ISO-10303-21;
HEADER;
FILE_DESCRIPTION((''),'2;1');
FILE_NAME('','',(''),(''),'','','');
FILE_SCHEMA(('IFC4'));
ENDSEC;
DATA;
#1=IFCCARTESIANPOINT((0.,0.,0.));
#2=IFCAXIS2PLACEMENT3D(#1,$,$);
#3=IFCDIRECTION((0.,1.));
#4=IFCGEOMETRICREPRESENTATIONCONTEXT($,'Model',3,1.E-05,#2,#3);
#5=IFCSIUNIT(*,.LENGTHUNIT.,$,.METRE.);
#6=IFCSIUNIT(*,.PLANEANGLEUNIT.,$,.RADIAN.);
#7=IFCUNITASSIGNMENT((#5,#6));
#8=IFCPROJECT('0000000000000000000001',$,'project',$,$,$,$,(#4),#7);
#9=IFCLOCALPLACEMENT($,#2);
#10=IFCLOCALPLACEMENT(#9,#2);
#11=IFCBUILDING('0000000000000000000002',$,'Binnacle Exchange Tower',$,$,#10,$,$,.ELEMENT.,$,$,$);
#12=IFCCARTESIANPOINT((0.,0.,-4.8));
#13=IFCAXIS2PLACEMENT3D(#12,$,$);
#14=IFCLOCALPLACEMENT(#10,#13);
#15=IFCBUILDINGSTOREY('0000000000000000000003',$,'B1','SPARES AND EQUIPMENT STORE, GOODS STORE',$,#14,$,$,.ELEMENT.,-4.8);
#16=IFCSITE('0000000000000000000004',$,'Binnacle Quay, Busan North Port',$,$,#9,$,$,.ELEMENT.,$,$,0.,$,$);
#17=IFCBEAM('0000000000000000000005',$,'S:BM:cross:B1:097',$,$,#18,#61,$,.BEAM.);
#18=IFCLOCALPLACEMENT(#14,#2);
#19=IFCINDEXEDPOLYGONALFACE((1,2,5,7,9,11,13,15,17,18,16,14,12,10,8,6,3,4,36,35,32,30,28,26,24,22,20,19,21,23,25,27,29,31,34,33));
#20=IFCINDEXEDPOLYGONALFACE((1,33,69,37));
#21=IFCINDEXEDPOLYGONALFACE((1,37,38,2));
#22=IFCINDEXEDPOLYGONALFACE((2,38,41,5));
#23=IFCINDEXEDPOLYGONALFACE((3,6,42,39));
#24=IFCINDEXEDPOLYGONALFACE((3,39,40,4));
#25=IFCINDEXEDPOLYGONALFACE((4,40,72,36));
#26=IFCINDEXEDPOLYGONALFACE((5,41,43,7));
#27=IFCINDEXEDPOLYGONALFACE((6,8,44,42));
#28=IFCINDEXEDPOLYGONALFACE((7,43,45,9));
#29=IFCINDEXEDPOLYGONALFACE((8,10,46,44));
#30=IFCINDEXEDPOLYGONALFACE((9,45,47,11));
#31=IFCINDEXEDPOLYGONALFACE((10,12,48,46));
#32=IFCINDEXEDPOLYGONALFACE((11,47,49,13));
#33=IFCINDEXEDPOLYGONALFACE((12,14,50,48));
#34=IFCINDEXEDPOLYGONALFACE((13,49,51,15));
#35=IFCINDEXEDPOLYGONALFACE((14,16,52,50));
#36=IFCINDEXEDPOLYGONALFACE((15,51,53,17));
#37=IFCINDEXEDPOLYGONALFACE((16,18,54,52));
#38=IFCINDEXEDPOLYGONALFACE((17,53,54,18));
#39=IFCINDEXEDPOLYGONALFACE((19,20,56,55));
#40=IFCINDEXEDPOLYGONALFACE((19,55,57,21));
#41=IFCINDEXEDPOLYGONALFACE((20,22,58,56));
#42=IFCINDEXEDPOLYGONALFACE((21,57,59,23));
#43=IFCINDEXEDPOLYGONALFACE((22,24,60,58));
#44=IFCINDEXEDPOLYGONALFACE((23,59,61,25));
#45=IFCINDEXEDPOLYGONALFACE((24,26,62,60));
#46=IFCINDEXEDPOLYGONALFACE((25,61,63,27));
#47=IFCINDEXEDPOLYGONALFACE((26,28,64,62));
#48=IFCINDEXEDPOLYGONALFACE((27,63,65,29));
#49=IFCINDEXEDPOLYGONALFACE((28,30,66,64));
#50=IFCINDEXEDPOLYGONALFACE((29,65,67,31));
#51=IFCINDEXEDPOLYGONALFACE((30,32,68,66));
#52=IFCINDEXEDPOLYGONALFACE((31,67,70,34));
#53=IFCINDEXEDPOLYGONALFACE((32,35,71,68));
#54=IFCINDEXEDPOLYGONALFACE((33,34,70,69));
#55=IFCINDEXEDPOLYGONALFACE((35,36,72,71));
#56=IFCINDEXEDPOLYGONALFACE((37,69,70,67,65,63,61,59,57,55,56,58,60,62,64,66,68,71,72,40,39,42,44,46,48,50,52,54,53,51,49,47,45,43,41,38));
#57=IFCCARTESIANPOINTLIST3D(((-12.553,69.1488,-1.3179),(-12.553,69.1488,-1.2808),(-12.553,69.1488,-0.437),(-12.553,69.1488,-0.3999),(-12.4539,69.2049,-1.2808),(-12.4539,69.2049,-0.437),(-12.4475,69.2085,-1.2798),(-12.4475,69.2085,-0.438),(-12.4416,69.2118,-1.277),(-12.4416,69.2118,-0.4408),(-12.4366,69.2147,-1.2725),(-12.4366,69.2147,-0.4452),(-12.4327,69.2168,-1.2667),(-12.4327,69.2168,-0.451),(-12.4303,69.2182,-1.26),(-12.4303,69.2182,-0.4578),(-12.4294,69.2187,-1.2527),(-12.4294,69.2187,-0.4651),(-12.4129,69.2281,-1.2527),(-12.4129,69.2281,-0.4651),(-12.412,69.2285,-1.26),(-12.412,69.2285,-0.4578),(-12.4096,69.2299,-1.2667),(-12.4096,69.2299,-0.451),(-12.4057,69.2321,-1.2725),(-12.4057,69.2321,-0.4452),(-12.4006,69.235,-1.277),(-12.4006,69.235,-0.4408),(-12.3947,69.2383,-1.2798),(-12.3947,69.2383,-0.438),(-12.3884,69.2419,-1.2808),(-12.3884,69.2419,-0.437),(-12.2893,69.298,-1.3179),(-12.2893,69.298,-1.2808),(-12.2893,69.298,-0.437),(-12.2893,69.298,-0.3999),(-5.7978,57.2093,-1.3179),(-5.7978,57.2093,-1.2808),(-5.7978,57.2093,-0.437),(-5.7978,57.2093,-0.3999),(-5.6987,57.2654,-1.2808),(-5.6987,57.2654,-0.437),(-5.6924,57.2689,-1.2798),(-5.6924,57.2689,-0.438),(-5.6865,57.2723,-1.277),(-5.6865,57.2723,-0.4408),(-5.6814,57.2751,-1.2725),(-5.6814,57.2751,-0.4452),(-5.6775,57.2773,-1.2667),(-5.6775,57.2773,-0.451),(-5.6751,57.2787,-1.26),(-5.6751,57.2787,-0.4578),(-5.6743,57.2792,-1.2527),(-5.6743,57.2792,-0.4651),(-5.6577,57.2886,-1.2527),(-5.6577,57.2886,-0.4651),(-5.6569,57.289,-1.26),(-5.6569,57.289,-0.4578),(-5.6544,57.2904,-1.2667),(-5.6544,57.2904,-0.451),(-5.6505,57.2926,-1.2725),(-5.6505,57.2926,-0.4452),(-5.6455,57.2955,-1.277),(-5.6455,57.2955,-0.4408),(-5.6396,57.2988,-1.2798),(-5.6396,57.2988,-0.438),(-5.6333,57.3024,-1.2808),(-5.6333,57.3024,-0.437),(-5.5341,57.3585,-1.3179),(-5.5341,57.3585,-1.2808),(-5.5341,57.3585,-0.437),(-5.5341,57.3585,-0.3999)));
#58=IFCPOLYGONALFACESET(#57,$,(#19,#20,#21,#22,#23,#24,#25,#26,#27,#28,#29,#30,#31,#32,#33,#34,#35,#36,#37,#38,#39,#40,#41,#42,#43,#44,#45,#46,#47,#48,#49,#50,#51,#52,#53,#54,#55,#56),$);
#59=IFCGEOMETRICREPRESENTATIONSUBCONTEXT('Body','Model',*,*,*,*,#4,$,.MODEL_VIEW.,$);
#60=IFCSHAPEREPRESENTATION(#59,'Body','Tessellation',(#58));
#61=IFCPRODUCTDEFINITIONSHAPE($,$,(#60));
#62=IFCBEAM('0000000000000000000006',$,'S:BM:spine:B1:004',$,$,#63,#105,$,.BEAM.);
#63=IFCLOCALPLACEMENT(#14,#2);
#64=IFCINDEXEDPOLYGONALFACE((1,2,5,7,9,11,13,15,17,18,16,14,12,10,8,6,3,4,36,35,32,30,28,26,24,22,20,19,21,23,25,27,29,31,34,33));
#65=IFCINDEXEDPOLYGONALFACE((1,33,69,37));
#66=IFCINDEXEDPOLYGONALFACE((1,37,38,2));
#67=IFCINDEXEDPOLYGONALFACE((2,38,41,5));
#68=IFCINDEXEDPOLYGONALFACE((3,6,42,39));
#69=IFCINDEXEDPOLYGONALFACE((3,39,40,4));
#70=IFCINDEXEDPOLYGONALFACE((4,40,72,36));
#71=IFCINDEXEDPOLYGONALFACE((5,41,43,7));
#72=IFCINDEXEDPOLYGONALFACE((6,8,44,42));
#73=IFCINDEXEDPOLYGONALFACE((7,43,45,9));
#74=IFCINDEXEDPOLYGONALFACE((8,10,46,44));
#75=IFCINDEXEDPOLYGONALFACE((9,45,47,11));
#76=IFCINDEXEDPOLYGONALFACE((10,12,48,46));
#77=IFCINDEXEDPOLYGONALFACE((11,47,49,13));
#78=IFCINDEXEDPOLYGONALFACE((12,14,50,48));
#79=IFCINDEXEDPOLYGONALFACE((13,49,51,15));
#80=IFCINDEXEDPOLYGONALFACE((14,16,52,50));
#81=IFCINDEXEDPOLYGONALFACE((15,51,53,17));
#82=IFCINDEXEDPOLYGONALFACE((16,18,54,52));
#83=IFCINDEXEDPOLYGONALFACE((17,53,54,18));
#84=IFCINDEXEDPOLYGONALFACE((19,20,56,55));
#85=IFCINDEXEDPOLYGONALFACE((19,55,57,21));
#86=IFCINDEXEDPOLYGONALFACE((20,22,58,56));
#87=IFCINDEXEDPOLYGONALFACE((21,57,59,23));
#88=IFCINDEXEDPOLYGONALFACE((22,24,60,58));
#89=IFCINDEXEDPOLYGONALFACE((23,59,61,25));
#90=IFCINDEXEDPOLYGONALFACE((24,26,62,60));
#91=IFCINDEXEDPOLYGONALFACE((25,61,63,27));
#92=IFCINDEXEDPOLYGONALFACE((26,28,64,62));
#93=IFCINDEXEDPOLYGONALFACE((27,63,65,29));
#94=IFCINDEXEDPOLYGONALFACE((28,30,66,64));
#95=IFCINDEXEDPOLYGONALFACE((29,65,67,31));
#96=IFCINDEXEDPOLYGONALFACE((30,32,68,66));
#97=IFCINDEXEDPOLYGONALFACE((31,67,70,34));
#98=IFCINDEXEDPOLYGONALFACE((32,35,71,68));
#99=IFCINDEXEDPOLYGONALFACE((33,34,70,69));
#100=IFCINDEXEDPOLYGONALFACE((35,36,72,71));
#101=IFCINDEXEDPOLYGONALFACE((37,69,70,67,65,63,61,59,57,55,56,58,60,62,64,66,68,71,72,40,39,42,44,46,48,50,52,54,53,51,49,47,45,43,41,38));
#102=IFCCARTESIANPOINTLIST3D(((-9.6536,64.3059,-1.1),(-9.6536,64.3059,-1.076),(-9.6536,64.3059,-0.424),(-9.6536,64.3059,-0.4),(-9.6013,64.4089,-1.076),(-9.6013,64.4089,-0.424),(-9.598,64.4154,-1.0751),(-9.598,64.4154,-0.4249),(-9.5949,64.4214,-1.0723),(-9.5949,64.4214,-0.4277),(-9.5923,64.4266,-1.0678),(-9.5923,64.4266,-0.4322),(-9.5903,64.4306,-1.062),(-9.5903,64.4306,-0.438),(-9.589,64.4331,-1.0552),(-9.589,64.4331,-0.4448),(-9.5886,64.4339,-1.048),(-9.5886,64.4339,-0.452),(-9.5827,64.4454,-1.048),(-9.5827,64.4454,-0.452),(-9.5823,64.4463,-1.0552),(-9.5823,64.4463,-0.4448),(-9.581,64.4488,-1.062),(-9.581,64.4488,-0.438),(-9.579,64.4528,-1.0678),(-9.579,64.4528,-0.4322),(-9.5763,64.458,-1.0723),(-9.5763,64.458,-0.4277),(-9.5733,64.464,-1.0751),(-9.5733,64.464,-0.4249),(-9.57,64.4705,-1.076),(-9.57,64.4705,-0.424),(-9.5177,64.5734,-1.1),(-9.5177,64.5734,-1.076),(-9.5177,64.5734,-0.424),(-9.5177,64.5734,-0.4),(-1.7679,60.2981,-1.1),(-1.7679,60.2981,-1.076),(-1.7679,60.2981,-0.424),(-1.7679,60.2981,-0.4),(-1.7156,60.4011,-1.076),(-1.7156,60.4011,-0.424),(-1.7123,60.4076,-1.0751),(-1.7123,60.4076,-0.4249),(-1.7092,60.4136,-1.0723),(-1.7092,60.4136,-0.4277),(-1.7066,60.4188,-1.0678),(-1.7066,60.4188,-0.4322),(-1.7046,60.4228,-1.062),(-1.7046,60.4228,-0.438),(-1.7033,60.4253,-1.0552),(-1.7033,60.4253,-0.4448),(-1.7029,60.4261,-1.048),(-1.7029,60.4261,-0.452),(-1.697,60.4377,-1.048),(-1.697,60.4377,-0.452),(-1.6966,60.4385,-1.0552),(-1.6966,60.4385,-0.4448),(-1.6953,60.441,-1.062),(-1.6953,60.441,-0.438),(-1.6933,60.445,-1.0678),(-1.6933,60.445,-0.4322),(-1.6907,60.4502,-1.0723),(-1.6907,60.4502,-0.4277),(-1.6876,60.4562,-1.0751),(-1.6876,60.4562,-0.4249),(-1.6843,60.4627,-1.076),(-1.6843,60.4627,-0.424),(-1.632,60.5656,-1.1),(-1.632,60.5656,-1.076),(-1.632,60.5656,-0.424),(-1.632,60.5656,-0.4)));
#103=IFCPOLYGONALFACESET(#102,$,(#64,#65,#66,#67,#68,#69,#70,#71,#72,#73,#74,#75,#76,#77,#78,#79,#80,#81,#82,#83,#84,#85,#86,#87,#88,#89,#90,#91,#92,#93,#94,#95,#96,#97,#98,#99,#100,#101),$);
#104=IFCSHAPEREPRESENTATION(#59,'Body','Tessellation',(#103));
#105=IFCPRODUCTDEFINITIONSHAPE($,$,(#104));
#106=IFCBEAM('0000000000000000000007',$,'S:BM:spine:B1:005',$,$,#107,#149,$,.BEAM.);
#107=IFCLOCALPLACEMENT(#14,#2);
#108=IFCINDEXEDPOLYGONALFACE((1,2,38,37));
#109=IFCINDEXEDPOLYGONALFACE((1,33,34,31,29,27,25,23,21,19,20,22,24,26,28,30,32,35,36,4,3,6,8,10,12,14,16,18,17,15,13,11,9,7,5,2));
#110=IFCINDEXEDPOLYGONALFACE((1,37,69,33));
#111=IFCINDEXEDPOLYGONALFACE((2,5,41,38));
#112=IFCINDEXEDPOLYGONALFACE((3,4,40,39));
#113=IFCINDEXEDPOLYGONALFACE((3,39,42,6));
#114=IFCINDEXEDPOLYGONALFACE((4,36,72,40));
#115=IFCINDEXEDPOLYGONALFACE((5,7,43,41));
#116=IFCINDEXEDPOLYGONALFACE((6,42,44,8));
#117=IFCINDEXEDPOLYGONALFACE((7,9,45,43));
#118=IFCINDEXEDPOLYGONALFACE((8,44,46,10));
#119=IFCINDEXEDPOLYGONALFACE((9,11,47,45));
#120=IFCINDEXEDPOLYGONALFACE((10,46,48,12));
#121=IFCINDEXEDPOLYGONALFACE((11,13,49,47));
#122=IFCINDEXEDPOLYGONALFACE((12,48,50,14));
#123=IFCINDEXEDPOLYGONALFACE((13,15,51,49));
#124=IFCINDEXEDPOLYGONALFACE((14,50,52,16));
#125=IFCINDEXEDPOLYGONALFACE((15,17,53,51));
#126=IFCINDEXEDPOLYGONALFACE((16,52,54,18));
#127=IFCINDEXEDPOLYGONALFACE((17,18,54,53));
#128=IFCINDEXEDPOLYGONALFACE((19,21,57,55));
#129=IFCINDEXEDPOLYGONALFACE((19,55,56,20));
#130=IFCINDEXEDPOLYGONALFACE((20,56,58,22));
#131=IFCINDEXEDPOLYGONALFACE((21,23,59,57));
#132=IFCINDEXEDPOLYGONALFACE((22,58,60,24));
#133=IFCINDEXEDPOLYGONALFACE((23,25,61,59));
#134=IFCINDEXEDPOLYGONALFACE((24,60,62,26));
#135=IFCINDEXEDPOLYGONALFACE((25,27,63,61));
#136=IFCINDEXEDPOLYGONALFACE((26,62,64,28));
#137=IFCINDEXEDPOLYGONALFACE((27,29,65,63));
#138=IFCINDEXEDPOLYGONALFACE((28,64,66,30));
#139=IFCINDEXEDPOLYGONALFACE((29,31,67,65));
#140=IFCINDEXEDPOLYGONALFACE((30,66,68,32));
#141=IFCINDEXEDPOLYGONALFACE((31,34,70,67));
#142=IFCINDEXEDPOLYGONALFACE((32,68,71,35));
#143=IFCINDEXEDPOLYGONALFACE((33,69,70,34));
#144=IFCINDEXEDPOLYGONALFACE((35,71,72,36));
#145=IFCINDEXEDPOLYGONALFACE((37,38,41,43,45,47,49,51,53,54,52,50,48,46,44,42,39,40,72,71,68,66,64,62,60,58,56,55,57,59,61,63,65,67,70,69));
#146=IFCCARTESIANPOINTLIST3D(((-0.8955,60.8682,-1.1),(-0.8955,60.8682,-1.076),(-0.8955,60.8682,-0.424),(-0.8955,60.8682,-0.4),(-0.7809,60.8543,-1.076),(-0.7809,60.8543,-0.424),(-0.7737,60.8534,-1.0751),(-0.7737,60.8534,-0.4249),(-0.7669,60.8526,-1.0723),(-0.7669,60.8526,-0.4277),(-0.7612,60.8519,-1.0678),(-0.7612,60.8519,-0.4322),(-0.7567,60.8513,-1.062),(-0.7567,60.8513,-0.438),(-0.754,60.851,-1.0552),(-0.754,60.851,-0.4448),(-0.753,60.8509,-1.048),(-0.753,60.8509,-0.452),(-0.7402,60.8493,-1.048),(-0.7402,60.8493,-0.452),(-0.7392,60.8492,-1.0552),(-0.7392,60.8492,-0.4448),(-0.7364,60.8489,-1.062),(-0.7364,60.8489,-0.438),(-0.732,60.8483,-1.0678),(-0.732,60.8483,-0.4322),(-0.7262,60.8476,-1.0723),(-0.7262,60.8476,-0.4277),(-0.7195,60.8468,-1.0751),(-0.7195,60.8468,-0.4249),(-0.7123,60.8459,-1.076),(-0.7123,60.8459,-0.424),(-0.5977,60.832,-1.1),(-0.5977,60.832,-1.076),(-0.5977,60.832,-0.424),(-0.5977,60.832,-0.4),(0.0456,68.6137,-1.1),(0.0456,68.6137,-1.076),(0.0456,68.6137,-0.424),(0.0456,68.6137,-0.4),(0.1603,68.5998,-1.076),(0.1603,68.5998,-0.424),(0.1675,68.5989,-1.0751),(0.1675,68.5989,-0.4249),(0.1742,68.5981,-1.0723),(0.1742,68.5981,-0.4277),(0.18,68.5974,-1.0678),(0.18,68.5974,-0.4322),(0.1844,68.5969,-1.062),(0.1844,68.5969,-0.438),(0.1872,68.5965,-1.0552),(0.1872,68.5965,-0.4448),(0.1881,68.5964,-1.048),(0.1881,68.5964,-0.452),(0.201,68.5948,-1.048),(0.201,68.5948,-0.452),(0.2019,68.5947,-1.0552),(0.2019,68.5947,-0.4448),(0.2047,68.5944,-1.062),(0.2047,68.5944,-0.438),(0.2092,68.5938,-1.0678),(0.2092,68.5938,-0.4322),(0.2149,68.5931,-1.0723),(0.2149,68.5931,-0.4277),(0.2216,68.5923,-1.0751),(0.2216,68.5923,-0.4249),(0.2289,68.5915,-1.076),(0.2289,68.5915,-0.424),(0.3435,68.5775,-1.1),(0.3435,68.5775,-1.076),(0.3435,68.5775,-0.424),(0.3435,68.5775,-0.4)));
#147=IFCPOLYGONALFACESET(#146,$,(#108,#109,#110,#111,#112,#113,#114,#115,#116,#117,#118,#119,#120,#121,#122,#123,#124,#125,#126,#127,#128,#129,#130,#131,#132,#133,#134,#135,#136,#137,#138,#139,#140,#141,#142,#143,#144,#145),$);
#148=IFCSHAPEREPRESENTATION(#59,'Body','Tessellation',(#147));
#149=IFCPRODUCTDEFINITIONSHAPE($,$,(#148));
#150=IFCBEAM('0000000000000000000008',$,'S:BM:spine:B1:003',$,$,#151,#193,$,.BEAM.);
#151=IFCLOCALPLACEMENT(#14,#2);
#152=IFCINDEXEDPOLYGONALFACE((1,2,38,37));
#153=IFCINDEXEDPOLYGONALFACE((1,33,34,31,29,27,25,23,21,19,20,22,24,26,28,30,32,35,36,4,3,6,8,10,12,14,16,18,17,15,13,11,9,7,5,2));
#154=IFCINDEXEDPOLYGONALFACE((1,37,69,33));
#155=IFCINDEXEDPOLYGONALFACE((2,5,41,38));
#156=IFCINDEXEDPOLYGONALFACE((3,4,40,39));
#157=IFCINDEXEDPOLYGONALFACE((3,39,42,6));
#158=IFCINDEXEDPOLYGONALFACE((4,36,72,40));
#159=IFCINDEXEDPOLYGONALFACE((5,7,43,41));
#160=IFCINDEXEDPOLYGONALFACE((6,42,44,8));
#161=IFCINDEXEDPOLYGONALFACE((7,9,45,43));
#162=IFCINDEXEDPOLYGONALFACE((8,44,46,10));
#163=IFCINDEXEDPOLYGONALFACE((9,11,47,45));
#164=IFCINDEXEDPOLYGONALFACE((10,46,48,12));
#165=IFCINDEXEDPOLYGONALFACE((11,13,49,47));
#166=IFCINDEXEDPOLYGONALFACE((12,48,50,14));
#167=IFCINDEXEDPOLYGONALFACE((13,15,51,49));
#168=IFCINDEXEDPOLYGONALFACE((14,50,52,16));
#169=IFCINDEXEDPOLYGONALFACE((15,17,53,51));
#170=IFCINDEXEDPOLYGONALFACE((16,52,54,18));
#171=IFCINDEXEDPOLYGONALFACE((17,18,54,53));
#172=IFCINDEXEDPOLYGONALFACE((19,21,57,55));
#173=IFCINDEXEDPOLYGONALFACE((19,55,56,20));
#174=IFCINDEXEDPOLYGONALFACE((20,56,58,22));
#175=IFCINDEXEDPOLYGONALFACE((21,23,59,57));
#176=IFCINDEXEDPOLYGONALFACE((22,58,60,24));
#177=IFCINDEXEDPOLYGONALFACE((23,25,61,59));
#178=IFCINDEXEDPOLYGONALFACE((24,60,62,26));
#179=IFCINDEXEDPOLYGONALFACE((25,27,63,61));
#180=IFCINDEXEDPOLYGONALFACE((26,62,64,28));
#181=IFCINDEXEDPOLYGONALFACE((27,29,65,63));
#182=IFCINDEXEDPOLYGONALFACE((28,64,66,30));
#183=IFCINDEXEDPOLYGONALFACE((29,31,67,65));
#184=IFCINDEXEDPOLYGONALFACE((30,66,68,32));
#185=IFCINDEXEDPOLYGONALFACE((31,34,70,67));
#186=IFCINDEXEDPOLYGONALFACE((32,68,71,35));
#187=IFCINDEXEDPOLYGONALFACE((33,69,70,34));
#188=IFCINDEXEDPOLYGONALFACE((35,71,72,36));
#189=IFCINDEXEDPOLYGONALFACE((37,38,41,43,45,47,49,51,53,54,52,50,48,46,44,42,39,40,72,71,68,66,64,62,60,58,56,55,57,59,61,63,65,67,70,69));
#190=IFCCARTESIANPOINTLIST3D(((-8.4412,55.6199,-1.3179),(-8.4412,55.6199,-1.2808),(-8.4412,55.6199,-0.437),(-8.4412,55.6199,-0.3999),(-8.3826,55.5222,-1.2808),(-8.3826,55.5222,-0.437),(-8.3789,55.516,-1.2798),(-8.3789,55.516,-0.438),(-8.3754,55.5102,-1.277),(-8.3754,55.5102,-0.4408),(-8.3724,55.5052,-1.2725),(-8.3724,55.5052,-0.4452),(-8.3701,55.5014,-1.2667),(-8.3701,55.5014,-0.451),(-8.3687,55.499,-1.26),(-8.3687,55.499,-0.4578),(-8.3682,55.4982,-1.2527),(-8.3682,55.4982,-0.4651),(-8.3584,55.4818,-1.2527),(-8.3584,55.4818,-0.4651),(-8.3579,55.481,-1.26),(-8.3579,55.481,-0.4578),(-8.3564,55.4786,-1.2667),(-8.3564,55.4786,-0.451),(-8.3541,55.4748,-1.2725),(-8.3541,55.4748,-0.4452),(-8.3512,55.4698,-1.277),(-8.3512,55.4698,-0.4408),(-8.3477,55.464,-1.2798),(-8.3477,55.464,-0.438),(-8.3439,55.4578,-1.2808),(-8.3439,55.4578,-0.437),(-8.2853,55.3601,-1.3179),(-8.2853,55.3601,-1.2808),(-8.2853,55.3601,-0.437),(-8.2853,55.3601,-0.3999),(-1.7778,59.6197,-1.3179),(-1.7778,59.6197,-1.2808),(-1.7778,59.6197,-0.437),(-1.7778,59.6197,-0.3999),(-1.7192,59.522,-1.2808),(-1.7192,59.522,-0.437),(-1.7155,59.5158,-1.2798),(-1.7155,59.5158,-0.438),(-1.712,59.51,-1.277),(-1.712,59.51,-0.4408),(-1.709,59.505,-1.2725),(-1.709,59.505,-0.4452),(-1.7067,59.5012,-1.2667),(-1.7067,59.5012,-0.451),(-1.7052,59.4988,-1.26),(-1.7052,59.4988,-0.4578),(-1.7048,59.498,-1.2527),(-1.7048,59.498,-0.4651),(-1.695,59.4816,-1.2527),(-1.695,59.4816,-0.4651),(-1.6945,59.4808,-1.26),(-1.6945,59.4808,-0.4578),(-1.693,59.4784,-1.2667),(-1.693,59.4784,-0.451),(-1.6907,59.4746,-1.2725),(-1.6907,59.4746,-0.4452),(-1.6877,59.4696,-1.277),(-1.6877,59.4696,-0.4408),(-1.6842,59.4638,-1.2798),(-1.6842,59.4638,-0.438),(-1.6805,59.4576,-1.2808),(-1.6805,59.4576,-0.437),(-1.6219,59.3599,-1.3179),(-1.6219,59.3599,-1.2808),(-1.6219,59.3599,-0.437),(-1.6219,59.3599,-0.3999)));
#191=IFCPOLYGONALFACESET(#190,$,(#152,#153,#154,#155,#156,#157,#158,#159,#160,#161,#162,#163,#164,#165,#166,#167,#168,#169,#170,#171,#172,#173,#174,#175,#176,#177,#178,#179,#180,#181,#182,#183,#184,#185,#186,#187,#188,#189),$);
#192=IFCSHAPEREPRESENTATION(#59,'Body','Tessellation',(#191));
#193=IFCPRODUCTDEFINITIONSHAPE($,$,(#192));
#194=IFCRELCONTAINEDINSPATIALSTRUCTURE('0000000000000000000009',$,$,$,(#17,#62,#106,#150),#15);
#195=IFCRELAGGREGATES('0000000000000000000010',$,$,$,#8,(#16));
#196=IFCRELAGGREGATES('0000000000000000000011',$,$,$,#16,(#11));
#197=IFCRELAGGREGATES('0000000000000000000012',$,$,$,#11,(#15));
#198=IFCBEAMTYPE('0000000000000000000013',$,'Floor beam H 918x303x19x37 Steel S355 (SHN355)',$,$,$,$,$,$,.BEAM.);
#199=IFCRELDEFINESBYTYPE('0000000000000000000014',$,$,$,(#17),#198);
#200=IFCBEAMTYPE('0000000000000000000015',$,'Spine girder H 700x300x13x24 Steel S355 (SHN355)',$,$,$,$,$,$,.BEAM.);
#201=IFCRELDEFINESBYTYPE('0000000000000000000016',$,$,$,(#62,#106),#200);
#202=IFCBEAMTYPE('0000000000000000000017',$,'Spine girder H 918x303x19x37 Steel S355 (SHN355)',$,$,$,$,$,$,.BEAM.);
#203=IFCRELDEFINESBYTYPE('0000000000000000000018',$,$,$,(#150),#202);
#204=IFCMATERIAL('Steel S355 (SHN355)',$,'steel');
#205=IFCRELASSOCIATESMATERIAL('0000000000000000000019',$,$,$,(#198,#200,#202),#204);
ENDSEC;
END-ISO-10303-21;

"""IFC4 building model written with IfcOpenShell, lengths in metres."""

from ifc_helpers import new_model, si_unit, direction, frame, origin, origin_2d, place, context, subcontext, project, spatial, i_section, extrude, material, material_profile, profile_set, type_object, element, save


model = new_model("IFC4")

# Units and contexts
model_context = context("Model", 3, precision=1e-05, world=origin(), true_north=direction((0.0, 1.0)))
body_context = subcontext(model_context, "Body", "Model", "MODEL_VIEW")
ifc_project = project(units=[si_unit("LENGTHUNIT", "METRE"), si_unit("PLANEANGLEUNIT", "RADIAN")], contexts=[model_context])

# Site, building, storey
site_placement = place(None, origin())
site = spatial("IfcSite", under=ifc_project, at=site_placement, Name="Binnacle Quay, Busan North Port", CompositionType="ELEMENT", RefElevation=0.0)
building_placement = place(site_placement, origin())
building = spatial("IfcBuilding", under=site, at=building_placement, Name="Binnacle Exchange Tower", CompositionType="ELEMENT")
storey_placement = place(building_placement, frame((0.0, 0.0, -4.8)))
storey = spatial("IfcBuildingStorey", under=building, at=storey_placement, Name="B1", Description="SPARES AND EQUIPMENT STORE, GOODS STORE", CompositionType="ELEMENT", Elevation=-4.8)

# Beams
ifc_material_1 = material(Name="Steel S355 (SHN355)", Category="steel")
ifc_material_profile_1 = material_profile(ifc_material_1, i_section(OverallWidth=0.303, OverallDepth=0.918, WebThickness=0.019, FlangeThickness=0.0371, FilletRadius=0.0281, at=origin_2d()), Name="H 918x303x19x37")
ifc_profile_set_1 = profile_set([ifc_material_profile_1], Name="Steel S355 (SHN355)")
beam_type_1 = type_object("IfcBeamType", Name="Floor beam H 918x303x19x37 Steel S355 (SHN355)", PredefinedType="BEAM", material=ifc_profile_set_1)
beam_1_placement = place(storey_placement, frame((-12.4211, 69.2234, -0.8589), z_axis=(0.49243, -0.870352, 0.0), x_axis=(0.870352, 0.49243, 0.0)))
element("IfcBeam", 1, at=beam_1_placement, inside=storey, type_object=beam_type_1, Name="S:BM:cross:B1:097", PredefinedType="BEAM", context=body_context, shape_type="SweptSolid", body=[
    extrude(i_section(OverallWidth=0.303, OverallDepth=0.918, WebThickness=0.019, FlangeThickness=0.0371, FilletRadius=0.0281, at=origin_2d()), origin(), (0.0, 0.0, 1.0), 13.718),
])
ifc_material_profile_2 = material_profile(ifc_material_1, i_section(OverallWidth=0.3, OverallDepth=0.7, WebThickness=0.0129, FlangeThickness=0.0239, FilletRadius=0.0281, at=origin_2d()), Name="H 700x300x13x24")
ifc_profile_set_2 = profile_set([ifc_material_profile_2], Name="Steel S355 (SHN355)")
beam_type_2 = type_object("IfcBeamType", Name="Spine girder H 700x300x13x24 Steel S355 (SHN355)", PredefinedType="BEAM", material=ifc_profile_set_2)
beam_2_placement = place(storey_placement, frame((-1.7, 60.4319, -0.75), z_axis=(-0.891471, 0.453077, 0.0), x_axis=(-0.453077, -0.891471, 0.0)))
element("IfcBeam", 2, at=beam_2_placement, inside=storey, type_object=beam_type_2, Name="S:BM:spine:B1:004", PredefinedType="BEAM", context=body_context, shape_type="SweptSolid", body=[
    extrude(i_section(OverallWidth=0.3, OverallDepth=0.7, WebThickness=0.0129, FlangeThickness=0.0239, FilletRadius=0.0281, at=origin_2d()), origin(), (0.0, 0.0, 1.0), 8.8457),
])
beam_3_placement = place(storey_placement, frame((-0.7466, 60.8501, -0.75), z_axis=(0.120622, 0.992699, 0.0), x_axis=(-0.992699, 0.120622, 0.0)))
element("IfcBeam", 3, at=beam_3_placement, inside=storey, type_object=beam_type_2, Name="S:BM:spine:B1:005", PredefinedType="BEAM", context=body_context, shape_type="SweptSolid", body=[
    extrude(i_section(OverallWidth=0.3, OverallDepth=0.7, WebThickness=0.0129, FlangeThickness=0.0239, FilletRadius=0.0281, at=origin_2d()), origin(), (0.0, 0.0, 1.0), 7.8025),
])
ifc_material_profile_3 = material_profile(ifc_material_1, i_section(OverallWidth=0.303, OverallDepth=0.918, WebThickness=0.019, FlangeThickness=0.0371, FilletRadius=0.0281, at=origin_2d()), Name="H 918x303x19x37")
ifc_profile_set_3 = profile_set([ifc_material_profile_3], Name="Steel S355 (SHN355)")
beam_type_3 = type_object("IfcBeamType", Name="Spine girder H 918x303x19x37 Steel S355 (SHN355)", PredefinedType="BEAM", material=ifc_profile_set_3)
beam_4_placement = place(storey_placement, frame((-8.3633, 55.49, -0.8589), z_axis=(0.857393, 0.514662, 0.0), x_axis=(-0.514662, 0.857393, 0.0)))
element("IfcBeam", 4, at=beam_4_placement, inside=storey, type_object=beam_type_3, Name="S:BM:spine:B1:003", PredefinedType="BEAM", context=body_context, shape_type="SweptSolid", body=[
    extrude(i_section(OverallWidth=0.303, OverallDepth=0.918, WebThickness=0.019, FlangeThickness=0.0371, FilletRadius=0.0281, at=origin_2d()), origin(), (0.0, 0.0, 1.0), 7.7717),
])

save(model, "model.ifc")
